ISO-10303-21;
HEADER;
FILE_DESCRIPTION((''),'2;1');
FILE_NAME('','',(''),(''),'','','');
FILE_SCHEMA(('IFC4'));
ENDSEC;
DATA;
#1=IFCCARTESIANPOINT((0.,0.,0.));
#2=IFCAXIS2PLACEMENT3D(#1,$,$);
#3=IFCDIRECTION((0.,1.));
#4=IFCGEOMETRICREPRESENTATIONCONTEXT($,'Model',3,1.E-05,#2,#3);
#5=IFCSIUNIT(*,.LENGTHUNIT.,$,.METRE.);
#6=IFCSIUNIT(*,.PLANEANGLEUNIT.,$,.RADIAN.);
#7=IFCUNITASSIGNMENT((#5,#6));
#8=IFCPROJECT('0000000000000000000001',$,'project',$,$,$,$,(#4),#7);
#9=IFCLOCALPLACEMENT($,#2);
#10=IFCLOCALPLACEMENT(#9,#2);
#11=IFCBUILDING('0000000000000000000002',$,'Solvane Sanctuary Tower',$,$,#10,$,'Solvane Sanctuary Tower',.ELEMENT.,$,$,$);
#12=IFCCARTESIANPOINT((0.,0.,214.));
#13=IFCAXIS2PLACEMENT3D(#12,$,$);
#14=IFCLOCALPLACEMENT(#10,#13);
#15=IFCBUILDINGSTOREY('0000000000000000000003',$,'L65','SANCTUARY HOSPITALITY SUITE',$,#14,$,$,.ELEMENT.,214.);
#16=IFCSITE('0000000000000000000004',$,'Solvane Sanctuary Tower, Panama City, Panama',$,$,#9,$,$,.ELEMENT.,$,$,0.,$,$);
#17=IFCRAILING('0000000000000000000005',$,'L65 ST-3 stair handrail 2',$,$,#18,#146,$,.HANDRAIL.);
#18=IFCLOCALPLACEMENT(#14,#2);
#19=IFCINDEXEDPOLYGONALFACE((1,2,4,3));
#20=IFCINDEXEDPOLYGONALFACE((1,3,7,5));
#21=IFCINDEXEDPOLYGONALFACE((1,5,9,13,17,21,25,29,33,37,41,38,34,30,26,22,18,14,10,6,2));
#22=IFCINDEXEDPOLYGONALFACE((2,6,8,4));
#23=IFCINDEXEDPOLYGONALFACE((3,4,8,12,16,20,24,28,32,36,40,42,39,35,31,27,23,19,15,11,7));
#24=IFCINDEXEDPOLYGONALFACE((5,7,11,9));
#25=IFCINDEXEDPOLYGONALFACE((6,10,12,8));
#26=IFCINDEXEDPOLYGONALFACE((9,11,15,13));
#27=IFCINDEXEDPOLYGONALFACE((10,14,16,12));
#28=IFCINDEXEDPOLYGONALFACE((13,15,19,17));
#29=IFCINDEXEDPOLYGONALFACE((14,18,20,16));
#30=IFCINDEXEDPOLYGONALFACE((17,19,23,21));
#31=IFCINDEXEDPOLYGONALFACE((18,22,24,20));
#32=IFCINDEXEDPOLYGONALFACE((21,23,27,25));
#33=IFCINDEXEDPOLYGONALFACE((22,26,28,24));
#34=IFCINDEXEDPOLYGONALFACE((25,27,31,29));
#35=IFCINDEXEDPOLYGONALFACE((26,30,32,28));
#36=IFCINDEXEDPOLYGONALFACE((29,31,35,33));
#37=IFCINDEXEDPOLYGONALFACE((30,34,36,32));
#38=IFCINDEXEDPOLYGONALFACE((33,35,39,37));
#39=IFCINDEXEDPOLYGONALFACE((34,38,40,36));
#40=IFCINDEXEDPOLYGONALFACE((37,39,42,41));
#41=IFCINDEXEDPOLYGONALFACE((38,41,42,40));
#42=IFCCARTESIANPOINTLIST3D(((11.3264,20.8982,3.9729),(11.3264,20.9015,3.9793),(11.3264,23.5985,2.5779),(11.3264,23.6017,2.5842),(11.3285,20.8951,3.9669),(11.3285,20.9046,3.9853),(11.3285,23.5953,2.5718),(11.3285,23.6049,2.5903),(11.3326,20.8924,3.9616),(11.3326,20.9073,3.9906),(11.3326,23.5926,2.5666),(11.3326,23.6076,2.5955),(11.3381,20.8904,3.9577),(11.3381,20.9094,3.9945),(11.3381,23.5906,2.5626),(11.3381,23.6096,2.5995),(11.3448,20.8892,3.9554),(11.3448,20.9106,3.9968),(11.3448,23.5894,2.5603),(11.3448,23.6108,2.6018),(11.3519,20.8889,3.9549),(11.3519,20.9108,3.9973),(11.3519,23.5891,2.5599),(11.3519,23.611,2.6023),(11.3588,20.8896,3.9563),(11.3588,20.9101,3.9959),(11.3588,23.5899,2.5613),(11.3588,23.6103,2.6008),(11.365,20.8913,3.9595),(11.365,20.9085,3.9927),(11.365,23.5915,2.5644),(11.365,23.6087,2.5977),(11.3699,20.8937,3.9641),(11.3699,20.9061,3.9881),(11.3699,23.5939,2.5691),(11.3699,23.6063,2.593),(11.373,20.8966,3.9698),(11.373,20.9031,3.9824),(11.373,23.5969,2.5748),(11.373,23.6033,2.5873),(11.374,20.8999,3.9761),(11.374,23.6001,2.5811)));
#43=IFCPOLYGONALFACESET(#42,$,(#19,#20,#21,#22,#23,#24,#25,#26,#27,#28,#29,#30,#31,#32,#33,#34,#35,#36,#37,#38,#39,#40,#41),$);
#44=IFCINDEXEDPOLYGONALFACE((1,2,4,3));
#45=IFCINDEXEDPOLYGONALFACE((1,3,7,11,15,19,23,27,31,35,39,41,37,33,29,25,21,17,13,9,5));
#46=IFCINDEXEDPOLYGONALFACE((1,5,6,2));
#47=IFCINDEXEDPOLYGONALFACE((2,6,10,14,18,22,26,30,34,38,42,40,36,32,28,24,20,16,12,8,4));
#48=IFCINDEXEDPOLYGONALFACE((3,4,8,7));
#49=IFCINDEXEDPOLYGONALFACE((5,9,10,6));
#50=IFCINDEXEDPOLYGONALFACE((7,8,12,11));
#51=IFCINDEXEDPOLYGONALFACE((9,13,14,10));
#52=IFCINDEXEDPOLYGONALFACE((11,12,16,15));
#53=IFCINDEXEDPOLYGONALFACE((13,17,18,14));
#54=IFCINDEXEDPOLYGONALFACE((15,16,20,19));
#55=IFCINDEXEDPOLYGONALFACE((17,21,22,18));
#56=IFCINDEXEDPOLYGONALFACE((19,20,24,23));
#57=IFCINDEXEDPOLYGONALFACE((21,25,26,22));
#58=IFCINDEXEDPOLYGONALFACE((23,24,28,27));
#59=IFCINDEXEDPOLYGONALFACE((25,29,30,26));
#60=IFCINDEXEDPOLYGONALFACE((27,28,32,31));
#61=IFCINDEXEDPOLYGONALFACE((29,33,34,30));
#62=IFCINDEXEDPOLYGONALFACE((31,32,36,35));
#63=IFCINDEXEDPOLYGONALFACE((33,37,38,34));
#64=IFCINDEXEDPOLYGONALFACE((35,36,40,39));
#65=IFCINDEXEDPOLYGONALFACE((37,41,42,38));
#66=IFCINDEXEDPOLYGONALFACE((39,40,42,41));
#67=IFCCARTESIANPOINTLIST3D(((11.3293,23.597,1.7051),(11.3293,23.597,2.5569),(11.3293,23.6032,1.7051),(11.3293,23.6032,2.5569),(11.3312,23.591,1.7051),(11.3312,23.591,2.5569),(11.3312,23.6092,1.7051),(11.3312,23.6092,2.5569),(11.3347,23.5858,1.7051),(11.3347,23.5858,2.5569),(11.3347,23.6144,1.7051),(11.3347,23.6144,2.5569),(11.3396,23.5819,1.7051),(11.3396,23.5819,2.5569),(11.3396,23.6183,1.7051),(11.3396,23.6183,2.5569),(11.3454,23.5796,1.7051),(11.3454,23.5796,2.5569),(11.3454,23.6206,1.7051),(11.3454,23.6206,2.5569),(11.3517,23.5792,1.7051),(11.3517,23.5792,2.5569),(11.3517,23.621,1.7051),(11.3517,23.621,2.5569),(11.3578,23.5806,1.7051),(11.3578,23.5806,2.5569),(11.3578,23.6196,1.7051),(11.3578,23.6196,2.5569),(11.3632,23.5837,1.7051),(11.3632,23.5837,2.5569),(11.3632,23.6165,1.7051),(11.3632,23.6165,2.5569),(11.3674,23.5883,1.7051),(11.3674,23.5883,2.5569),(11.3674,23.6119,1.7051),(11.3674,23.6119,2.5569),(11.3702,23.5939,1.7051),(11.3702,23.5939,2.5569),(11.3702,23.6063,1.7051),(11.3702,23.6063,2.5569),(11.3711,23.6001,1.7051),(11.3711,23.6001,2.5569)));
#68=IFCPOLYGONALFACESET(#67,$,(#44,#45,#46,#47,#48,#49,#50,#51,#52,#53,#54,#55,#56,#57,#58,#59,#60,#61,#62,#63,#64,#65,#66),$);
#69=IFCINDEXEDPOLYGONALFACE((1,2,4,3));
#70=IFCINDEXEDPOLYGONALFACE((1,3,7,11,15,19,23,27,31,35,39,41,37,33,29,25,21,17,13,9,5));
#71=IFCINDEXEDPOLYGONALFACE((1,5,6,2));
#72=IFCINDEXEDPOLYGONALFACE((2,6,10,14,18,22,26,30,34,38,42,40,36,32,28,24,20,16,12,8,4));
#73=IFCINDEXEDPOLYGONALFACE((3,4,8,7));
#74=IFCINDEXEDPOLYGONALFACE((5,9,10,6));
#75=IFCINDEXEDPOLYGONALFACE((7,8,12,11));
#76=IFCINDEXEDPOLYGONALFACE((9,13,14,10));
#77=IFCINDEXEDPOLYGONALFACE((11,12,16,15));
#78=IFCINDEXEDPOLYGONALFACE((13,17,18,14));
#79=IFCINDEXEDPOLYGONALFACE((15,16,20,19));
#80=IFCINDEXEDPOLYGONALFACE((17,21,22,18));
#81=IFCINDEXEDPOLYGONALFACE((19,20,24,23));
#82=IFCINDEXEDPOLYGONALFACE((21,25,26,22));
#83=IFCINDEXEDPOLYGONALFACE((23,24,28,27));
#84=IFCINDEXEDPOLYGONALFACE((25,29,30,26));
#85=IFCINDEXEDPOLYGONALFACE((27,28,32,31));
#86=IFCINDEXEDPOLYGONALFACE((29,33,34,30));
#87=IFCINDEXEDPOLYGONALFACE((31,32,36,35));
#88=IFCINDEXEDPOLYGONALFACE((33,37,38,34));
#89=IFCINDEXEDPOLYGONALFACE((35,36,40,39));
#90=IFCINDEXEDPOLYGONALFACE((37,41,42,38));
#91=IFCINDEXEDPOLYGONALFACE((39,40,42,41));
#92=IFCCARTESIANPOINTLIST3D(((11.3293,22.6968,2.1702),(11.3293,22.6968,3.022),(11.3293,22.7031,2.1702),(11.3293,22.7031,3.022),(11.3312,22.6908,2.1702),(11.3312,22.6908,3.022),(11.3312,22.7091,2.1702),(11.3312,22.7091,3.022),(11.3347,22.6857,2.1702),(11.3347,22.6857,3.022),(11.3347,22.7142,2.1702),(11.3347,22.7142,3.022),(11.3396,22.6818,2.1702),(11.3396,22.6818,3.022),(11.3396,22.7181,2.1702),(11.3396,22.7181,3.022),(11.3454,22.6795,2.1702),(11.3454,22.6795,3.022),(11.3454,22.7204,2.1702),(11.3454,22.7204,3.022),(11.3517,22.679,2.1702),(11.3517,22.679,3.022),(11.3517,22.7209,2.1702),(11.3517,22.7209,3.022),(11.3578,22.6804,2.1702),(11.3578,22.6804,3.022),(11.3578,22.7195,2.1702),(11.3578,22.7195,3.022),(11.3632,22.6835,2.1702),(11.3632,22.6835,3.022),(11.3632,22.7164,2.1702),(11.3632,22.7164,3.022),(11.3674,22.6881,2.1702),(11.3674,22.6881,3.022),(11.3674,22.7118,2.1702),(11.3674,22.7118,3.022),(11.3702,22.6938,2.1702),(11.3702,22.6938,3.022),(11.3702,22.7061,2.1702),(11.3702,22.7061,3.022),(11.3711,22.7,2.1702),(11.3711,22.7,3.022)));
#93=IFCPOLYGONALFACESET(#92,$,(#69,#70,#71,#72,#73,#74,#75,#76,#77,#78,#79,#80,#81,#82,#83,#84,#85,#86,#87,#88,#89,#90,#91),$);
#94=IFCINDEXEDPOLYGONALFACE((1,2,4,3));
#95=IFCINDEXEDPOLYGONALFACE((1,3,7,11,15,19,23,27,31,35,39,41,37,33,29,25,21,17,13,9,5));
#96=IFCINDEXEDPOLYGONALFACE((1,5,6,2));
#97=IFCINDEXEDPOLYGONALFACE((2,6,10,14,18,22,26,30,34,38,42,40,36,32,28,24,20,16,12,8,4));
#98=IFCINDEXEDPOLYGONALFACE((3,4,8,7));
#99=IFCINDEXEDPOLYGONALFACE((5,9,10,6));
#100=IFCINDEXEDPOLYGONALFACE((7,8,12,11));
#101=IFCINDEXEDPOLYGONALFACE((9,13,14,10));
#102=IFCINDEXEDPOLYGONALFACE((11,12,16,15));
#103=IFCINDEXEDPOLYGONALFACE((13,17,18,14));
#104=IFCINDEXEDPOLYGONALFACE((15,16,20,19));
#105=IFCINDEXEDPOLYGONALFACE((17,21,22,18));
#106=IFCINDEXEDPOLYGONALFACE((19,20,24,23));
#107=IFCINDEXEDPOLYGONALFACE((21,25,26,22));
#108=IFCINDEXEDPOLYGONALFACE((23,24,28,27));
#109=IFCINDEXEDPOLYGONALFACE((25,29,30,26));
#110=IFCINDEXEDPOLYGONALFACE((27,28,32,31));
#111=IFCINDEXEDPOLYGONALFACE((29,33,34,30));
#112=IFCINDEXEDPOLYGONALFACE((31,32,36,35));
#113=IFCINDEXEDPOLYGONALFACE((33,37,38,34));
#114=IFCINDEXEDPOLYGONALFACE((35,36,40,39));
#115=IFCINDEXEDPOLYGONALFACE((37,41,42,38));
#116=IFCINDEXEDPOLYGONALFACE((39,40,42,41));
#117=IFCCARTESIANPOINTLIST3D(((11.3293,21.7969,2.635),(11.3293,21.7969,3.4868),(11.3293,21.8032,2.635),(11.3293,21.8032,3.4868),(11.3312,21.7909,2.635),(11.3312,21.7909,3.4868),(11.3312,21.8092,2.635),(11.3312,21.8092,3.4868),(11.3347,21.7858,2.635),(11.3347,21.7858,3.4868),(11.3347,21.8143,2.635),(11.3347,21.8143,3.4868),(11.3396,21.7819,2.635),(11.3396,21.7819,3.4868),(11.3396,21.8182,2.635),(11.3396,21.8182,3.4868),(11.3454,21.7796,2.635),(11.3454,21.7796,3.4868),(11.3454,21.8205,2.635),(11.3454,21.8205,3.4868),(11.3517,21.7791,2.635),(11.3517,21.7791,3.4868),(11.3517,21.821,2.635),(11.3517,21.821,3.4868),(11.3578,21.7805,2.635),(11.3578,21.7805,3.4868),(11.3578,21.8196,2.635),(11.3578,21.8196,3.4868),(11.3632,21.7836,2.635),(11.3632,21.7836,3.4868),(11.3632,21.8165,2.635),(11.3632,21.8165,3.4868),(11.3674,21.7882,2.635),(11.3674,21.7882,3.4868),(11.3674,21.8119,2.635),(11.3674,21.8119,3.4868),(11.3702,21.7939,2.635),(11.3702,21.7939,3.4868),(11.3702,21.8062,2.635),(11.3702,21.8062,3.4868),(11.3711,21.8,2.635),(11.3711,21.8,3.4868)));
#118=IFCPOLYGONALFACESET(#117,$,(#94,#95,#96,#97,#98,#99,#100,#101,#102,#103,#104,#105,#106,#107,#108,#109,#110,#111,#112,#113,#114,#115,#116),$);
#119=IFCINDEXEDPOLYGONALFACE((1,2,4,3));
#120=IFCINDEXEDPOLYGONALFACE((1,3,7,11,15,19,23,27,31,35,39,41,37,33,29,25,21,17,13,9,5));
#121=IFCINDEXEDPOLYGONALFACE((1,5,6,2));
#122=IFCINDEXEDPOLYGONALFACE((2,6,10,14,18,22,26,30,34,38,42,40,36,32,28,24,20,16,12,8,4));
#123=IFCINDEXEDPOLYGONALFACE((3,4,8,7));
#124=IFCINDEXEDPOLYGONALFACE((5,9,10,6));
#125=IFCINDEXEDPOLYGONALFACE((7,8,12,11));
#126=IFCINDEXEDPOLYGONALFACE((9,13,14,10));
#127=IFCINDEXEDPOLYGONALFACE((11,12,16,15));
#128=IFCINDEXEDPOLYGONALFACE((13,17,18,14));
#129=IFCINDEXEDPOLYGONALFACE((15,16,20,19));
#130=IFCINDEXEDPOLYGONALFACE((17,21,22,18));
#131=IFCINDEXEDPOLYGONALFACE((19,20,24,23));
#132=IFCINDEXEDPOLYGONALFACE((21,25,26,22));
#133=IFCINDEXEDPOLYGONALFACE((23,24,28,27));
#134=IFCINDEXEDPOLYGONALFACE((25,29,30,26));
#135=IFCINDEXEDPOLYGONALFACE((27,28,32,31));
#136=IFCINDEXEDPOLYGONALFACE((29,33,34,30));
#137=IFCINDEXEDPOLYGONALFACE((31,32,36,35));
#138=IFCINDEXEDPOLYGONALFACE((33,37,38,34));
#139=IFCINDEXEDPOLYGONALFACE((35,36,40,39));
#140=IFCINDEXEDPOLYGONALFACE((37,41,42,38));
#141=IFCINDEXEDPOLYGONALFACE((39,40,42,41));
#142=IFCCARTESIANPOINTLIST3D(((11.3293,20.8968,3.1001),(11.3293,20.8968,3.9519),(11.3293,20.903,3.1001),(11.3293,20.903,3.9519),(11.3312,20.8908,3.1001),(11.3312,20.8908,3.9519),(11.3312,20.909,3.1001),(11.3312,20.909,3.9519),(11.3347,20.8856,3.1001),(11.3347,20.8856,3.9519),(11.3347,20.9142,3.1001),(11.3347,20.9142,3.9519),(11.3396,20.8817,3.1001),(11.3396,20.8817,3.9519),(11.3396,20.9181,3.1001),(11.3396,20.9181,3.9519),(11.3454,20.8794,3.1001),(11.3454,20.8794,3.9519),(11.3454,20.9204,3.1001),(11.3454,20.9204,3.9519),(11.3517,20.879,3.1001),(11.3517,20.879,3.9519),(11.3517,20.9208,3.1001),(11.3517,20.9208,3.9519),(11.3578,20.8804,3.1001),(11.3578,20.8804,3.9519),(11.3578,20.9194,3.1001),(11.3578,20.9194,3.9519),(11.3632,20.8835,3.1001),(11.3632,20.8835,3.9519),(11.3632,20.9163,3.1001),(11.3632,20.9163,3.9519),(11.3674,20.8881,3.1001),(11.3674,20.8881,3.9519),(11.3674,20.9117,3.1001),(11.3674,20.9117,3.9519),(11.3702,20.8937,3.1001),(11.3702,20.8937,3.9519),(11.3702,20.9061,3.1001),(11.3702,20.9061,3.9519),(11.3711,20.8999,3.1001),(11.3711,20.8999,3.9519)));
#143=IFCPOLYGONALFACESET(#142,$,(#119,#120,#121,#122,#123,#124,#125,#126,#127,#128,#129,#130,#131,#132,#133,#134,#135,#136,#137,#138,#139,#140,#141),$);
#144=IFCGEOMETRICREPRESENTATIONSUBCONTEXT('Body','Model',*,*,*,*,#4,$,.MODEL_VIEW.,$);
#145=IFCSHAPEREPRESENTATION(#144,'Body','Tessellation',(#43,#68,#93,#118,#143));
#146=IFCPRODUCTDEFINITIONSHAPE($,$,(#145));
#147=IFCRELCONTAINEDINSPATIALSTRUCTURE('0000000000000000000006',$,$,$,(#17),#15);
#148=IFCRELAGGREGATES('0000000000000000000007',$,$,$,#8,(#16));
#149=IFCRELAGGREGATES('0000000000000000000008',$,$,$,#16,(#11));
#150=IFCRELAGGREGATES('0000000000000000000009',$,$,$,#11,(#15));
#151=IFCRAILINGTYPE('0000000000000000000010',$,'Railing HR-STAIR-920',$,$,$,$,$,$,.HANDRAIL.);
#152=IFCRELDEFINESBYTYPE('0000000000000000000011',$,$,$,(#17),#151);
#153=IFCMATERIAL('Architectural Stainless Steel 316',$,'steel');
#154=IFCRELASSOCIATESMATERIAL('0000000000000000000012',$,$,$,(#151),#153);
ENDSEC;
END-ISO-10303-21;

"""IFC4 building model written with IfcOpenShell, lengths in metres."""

from ifc_helpers import new_model, si_unit, direction, frame, origin, origin_2d, place, context, subcontext, project, spatial, circle, extrude, material, type_object, element, save


model = new_model("IFC4")

# Units and contexts
model_context = context("Model", 3, precision=1e-05, world=origin(), true_north=direction((0.0, 1.0)))
body_context = subcontext(model_context, "Body", "Model", "MODEL_VIEW")
ifc_project = project(units=[si_unit("LENGTHUNIT", "METRE"), si_unit("PLANEANGLEUNIT", "RADIAN")], contexts=[model_context])

# Site, building, storey
site_placement = place(None, origin())
site = spatial("IfcSite", under=ifc_project, at=site_placement, Name="Solvane Sanctuary Tower, Panama City, Panama", CompositionType="ELEMENT", RefElevation=0.0)
building_placement = place(site_placement, origin())
building = spatial("IfcBuilding", under=site, at=building_placement, Name="Solvane Sanctuary Tower", LongName="Solvane Sanctuary Tower", CompositionType="ELEMENT")
storey_placement = place(building_placement, frame((0.0, 0.0, 214.0)))
storey = spatial("IfcBuildingStorey", under=building, at=storey_placement, Name="L65", Description="SANCTUARY HOSPITALITY SUITE", CompositionType="ELEMENT", Elevation=214.0)

# Shared definitions
ifc_material_1 = material(Name="Architectural Stainless Steel 316", Category="steel")

# Railing
railing_type_1 = type_object("IfcRailingType", Name="Railing HR-STAIR-920", PredefinedType="HANDRAIL", material=ifc_material_1)
railing_1_placement = place(storey_placement, frame((11.3501, 23.6001, 1.7051)))
element("IfcRailing", 1, at=railing_1_placement, inside=storey, type_object=railing_type_1, Name="L65 ST-3 stair handrail 2", PredefinedType="HANDRAIL", context=body_context, shape_type="SweptSolid", body=[
    extrude(circle(Radius=0.0239, at=origin_2d()), frame((0.0, 0.0, 0.876), z_axis=(0.0, -0.888437, 0.458999), x_axis=(1.0, 0.0, 0.0)), (0.0, 0.0, 1.0), 3.0393),
    extrude(circle(Radius=0.021, at=origin_2d()), origin(), (0.0, 0.0, 1.0), 0.8518),
    extrude(circle(Radius=0.021, at=origin_2d()), frame((0.0, -0.9001, 0.4651)), (0.0, 0.0, 1.0), 0.8518),
    extrude(circle(Radius=0.021, at=origin_2d()), frame((0.0, -1.8, 0.9299)), (0.0, 0.0, 1.0), 0.8518),
    extrude(circle(Radius=0.021, at=origin_2d()), frame((0.0, -2.7002, 1.395)), (0.0, 0.0, 1.0), 0.8518),
])

save(model, "model.ifc")
